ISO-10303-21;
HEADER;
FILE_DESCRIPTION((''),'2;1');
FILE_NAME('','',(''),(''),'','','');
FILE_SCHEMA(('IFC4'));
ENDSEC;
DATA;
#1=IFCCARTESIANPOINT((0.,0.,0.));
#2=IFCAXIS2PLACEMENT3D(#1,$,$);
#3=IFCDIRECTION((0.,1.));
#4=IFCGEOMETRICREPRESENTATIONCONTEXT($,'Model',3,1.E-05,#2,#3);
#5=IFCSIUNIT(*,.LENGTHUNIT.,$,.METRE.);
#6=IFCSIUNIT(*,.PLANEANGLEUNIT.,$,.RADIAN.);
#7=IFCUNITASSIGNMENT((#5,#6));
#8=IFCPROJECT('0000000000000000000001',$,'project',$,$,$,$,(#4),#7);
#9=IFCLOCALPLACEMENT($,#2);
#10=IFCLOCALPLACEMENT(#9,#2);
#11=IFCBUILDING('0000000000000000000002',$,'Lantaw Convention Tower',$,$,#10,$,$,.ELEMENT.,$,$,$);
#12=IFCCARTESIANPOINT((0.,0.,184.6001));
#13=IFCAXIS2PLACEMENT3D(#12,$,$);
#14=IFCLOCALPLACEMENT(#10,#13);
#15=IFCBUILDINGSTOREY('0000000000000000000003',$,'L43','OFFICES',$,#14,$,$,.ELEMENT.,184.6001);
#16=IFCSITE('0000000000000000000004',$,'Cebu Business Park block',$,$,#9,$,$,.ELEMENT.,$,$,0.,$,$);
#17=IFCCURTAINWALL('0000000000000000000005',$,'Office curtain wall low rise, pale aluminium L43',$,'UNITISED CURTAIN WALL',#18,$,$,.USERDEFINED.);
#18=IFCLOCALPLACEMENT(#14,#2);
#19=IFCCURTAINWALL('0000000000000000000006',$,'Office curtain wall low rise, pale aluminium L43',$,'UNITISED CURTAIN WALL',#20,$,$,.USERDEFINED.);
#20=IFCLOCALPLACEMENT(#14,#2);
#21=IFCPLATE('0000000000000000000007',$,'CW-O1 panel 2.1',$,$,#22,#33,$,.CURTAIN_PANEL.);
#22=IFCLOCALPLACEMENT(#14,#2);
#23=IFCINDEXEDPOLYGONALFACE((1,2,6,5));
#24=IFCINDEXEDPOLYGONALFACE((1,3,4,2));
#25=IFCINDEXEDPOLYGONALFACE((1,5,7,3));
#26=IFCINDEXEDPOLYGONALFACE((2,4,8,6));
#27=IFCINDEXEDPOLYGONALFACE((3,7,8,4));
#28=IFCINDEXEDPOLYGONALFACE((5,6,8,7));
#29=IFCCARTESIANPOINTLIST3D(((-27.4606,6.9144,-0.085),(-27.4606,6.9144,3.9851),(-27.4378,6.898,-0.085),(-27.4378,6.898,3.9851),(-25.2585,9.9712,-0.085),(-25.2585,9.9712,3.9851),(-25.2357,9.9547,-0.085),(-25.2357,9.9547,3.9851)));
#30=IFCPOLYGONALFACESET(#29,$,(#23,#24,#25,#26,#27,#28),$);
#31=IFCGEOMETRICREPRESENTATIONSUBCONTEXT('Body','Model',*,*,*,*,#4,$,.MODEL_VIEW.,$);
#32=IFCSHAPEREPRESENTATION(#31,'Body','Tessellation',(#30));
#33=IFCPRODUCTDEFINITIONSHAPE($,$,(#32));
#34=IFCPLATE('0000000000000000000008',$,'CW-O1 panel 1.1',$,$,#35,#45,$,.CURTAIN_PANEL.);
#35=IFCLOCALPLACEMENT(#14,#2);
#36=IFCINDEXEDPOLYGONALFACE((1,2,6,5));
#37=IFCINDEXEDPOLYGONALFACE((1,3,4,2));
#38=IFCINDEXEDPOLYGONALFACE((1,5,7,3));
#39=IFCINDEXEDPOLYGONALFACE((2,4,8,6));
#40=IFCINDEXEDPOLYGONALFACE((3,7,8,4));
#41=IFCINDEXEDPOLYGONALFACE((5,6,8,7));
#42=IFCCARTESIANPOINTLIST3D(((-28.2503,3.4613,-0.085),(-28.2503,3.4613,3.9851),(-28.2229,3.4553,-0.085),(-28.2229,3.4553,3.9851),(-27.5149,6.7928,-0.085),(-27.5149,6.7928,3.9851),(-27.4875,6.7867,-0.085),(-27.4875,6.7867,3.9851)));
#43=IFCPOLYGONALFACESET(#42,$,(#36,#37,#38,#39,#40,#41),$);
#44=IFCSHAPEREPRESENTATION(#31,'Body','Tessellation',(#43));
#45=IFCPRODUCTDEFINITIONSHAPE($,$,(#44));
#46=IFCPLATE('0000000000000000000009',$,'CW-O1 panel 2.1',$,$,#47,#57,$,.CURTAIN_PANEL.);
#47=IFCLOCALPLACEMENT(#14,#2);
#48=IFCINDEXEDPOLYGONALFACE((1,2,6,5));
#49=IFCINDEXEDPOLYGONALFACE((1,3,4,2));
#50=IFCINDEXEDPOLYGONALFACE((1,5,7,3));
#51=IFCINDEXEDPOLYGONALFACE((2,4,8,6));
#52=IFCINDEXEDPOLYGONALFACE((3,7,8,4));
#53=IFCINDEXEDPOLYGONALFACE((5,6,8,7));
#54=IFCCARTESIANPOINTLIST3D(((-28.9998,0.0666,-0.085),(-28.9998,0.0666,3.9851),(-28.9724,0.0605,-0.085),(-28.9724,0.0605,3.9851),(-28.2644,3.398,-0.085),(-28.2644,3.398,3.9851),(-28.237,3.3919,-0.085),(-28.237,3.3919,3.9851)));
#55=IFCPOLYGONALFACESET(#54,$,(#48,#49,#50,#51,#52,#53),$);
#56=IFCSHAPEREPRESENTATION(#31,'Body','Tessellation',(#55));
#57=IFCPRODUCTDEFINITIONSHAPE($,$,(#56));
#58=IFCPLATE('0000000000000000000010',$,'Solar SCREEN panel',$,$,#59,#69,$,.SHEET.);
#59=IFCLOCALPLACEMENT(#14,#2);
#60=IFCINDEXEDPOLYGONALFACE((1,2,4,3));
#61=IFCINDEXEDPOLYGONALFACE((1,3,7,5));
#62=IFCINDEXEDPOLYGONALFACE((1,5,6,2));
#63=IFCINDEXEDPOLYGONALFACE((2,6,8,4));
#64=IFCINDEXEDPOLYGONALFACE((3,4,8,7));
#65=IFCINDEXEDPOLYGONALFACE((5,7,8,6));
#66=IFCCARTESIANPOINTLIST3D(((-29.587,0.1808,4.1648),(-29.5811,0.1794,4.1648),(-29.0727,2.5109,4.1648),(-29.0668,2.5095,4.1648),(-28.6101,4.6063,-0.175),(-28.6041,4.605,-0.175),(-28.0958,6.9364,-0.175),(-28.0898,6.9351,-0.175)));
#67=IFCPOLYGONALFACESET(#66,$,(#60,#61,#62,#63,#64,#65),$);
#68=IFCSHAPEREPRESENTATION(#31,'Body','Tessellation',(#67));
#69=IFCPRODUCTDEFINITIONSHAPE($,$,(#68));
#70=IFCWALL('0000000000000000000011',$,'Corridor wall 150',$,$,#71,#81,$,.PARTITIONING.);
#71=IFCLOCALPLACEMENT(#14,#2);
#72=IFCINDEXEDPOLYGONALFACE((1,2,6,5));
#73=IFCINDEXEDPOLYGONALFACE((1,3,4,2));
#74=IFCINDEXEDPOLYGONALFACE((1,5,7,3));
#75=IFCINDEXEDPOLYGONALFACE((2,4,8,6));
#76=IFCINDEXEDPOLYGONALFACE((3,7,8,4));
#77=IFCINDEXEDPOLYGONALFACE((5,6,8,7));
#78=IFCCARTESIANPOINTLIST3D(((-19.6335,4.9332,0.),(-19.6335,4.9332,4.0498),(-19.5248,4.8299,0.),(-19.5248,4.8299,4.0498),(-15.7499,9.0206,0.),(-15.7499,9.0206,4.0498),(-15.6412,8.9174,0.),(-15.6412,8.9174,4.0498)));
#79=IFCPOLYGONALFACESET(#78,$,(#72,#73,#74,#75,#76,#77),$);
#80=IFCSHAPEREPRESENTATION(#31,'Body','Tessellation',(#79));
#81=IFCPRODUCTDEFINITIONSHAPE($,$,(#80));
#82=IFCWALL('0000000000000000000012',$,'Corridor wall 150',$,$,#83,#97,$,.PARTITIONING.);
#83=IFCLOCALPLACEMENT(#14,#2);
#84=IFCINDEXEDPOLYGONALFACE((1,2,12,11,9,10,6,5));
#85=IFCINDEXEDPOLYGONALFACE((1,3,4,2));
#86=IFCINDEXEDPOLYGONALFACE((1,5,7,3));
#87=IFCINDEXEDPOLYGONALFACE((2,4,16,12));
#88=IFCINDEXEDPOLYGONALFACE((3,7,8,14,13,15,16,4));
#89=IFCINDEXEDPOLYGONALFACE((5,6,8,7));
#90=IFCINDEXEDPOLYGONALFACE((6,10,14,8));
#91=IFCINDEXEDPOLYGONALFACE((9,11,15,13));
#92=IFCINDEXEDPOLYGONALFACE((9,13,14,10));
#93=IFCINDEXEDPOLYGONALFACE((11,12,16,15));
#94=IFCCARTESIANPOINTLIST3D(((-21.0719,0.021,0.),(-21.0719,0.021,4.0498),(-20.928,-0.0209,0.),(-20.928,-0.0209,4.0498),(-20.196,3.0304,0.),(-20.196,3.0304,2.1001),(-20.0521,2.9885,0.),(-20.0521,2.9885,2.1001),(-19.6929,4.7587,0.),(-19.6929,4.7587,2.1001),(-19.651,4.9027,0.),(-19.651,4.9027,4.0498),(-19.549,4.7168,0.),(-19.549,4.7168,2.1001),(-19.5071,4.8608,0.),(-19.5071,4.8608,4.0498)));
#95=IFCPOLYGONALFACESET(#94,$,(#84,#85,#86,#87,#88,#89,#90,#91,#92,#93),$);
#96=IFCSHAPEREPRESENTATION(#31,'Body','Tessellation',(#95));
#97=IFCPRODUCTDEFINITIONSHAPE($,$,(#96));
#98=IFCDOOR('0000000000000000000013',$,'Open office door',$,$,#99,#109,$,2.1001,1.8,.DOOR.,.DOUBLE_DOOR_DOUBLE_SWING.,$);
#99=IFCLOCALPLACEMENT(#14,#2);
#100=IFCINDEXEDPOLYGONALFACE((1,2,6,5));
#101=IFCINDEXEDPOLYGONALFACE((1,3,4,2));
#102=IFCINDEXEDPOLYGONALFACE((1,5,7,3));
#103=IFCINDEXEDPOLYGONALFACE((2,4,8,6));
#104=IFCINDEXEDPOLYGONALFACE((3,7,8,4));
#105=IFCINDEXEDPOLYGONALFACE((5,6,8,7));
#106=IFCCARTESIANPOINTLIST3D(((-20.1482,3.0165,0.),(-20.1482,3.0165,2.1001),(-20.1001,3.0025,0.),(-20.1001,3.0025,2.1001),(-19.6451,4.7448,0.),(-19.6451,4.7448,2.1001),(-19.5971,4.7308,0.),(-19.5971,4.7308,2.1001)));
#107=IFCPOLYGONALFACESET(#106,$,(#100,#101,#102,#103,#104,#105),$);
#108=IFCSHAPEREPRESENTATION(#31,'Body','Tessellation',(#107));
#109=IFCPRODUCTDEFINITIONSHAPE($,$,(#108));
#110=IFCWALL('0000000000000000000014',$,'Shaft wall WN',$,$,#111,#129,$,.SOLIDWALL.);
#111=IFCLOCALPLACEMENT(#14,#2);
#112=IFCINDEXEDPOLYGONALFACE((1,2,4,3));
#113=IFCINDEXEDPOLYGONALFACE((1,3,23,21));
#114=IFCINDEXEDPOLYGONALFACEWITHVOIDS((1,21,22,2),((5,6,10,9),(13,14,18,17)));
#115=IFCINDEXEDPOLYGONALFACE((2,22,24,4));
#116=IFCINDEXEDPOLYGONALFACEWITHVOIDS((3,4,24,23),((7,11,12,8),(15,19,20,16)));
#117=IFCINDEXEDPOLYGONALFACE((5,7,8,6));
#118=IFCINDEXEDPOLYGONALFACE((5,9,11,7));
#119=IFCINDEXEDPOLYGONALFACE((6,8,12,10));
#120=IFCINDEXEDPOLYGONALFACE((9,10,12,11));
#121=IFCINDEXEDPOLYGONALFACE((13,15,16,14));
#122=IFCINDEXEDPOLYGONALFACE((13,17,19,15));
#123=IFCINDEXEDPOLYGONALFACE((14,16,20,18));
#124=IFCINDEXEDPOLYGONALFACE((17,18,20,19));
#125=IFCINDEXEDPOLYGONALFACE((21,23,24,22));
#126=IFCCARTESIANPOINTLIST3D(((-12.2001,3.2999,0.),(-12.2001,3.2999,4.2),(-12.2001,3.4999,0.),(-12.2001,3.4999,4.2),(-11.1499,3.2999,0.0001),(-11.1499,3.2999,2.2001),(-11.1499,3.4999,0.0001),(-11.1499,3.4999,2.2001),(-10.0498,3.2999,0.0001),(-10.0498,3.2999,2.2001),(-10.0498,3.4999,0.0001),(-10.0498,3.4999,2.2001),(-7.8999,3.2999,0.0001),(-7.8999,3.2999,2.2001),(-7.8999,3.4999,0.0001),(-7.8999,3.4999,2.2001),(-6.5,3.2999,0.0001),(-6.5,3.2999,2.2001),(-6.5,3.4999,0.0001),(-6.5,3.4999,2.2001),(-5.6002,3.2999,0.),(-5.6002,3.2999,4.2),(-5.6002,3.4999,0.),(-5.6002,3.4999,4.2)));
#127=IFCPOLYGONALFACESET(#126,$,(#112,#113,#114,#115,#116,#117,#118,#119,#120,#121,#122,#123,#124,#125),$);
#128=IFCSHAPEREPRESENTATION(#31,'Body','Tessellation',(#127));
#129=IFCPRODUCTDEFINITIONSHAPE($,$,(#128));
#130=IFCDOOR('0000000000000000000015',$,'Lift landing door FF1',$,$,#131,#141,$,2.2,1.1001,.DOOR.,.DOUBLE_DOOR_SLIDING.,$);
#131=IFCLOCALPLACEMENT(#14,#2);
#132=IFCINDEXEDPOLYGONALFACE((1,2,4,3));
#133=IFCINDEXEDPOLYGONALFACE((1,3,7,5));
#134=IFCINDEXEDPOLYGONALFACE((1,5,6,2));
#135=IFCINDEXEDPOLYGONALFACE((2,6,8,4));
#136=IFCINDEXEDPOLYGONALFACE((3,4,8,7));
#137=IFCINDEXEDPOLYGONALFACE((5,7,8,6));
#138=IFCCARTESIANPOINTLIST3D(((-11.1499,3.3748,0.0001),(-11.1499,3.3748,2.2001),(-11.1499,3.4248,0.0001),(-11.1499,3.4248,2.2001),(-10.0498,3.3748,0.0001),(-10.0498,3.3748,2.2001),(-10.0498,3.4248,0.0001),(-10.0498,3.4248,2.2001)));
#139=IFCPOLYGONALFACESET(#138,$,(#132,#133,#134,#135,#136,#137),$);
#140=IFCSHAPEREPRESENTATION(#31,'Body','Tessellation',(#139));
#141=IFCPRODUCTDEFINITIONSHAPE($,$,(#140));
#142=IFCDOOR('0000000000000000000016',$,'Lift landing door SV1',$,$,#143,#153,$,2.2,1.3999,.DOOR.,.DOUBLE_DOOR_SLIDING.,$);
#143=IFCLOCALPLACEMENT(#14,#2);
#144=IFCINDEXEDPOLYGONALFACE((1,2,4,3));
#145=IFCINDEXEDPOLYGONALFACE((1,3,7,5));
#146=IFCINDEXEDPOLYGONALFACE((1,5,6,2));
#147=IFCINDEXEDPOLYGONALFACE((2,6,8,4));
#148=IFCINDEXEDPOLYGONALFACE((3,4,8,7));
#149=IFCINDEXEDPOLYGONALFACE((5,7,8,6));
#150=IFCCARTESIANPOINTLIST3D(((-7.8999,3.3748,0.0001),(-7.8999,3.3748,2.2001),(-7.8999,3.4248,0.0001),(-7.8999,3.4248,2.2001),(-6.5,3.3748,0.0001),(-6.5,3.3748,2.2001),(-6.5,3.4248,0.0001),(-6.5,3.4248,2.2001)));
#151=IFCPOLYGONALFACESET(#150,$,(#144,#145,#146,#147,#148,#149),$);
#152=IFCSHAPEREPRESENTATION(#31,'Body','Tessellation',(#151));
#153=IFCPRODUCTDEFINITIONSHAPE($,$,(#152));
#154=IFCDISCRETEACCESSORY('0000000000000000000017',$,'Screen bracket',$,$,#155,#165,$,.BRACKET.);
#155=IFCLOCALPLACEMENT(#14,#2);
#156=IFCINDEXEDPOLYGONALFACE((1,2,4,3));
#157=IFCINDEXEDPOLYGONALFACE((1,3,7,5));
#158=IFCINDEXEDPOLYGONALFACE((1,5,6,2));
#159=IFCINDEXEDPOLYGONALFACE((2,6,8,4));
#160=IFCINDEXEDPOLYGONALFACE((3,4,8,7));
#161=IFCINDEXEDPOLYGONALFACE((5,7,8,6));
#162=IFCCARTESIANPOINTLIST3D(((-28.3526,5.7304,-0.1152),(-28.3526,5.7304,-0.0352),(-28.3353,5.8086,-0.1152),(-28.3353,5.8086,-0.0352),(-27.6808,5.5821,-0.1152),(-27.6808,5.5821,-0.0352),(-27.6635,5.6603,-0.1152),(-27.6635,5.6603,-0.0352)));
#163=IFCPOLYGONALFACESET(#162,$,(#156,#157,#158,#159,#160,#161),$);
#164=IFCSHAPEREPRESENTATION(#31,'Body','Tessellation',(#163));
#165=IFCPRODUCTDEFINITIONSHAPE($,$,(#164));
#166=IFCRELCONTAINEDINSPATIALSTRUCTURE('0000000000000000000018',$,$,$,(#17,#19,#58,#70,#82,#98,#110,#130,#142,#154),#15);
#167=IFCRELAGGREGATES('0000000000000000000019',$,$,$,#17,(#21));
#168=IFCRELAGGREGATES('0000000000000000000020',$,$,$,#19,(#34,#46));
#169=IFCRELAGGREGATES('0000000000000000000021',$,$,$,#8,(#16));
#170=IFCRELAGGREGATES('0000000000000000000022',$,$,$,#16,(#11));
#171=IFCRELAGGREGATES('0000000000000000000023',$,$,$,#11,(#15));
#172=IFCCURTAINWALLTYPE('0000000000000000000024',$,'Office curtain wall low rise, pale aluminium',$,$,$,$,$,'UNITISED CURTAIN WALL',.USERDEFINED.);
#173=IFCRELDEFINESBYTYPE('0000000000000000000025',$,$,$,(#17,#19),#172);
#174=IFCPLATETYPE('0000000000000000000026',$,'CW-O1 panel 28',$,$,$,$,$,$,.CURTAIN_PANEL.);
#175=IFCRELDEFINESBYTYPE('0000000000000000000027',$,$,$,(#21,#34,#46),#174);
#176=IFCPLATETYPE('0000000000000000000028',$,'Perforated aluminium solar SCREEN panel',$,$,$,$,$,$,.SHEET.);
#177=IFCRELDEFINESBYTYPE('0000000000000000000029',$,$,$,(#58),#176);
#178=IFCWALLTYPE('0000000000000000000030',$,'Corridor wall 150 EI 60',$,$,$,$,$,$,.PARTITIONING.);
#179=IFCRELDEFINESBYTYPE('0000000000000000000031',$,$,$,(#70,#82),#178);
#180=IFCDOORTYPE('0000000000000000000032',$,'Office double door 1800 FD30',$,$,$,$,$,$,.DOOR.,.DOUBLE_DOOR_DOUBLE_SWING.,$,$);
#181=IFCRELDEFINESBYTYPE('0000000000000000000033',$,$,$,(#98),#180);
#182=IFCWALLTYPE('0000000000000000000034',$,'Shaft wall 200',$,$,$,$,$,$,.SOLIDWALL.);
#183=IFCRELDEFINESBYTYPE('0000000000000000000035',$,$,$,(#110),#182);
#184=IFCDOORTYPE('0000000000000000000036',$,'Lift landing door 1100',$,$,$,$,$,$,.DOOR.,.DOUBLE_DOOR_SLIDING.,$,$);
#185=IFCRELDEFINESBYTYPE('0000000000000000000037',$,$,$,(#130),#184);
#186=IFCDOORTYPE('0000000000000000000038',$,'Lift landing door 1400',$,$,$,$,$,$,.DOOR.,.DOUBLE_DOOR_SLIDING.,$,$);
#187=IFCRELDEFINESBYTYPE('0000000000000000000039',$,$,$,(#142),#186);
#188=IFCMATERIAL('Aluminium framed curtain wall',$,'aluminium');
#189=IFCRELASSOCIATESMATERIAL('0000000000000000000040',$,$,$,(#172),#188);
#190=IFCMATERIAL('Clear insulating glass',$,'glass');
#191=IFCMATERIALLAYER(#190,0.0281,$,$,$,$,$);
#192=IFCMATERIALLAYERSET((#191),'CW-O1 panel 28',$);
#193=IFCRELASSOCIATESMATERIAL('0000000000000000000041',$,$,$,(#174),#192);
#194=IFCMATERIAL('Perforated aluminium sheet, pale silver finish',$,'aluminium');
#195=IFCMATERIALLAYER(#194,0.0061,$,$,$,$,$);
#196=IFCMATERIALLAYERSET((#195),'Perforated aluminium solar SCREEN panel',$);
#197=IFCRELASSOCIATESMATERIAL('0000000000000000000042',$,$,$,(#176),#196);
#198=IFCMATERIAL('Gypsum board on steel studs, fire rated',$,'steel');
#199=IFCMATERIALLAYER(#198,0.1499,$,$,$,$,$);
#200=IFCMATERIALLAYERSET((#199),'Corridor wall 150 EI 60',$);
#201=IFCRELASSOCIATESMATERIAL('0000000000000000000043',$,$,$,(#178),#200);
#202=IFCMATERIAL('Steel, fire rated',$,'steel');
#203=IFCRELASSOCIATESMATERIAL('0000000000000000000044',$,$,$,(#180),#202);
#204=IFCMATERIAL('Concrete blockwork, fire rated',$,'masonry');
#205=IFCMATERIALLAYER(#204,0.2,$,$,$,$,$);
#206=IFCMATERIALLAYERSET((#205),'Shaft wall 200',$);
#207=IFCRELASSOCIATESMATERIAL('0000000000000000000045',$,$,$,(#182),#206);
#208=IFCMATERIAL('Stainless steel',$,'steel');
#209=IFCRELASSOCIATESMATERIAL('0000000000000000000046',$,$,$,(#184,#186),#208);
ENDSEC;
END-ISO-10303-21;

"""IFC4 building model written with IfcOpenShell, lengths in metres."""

from ifc_helpers import new_model, si_unit, direction, frame, frame_2d, origin, origin_2d, place, context, subcontext, project, spatial, polyline, rectangle, outline, extrude, material, layer, layer_set, type_object, element, fill, aggregate, save


model = new_model("IFC4")

# Units and contexts
model_context = context("Model", 3, precision=1e-05, world=origin(), true_north=direction((0.0, 1.0)))
body_context = subcontext(model_context, "Body", "Model", "MODEL_VIEW")
ifc_project = project(units=[si_unit("LENGTHUNIT", "METRE"), si_unit("PLANEANGLEUNIT", "RADIAN")], contexts=[model_context])

# Site, building, storey
site_placement = place(None, origin())
site = spatial("IfcSite", under=ifc_project, at=site_placement, Name="Cebu Business Park block", CompositionType="ELEMENT", RefElevation=0.0)
building_placement = place(site_placement, origin())
building = spatial("IfcBuilding", under=site, at=building_placement, Name="Lantaw Convention Tower", CompositionType="ELEMENT")
storey_placement = place(building_placement, frame((0.0, 0.0, 184.6001)))
storey = spatial("IfcBuildingStorey", under=building, at=storey_placement, Name="L43", Description="OFFICES", CompositionType="ELEMENT", Elevation=184.6001)

# Curtain wall
ifc_material_1 = material(Name="Aluminium framed curtain wall", Category="aluminium")
curtain_wall_type = type_object("IfcCurtainWallType", Name="Office curtain wall low rise, pale aluminium", ElementType="UNITISED CURTAIN WALL", PredefinedType="USERDEFINED", material=ifc_material_1)
curtain_wall_1_placement = place(storey_placement, origin())
curtain_wall_1 = element("IfcCurtainWall", 1, at=curtain_wall_1_placement, inside=storey, type_object=curtain_wall_type, Name="Office curtain wall low rise, pale aluminium L43", ObjectType="UNITISED CURTAIN WALL", PredefinedType="USERDEFINED")

# Curtain wall
curtain_wall_2_placement = place(storey_placement, origin())
curtain_wall_2 = element("IfcCurtainWall", 2, at=curtain_wall_2_placement, inside=storey, type_object=curtain_wall_type, Name="Office curtain wall low rise, pale aluminium L43", ObjectType="UNITISED CURTAIN WALL", PredefinedType="USERDEFINED")

# Plates
ifc_material_2 = material(Name="Clear insulating glass", Category="glass")
ifc_layer_1 = layer(ifc_material_2, 0.0281)
ifc_layer_set_1 = layer_set([ifc_layer_1], Name="CW-O1 panel 28")
plate_type_1 = type_object("IfcPlateType", Name="CW-O1 panel 28", PredefinedType="CURTAIN_PANEL", material=ifc_layer_set_1)
plate_1_placement = place(storey_placement, frame((-26.3481, 8.4346, -0.085), z_axis=(0.0, 0.0, 1.0), x_axis=(-0.584513, -0.811385, 0.0)))
plate_1 = element("IfcPlate", 3, at=plate_1_placement, type_object=plate_type_1, Name="CW-O1 panel 2.1", PredefinedType="CURTAIN_PANEL", context=body_context, shape_type="SweptSolid", body=[
    extrude(rectangle(XDim=3.7673, YDim=0.0281, at=origin_2d()), origin(), (0.0, 0.0, 1.0), 4.0701),
])
aggregate(curtain_wall_1, [plate_1])
plate_2_placement = place(storey_placement, frame((-27.8689, 5.124, -0.085), z_axis=(0.0, 0.0, 1.0), x_axis=(-0.215546, -0.976494, 0.0)))
plate_2 = element("IfcPlate", 4, at=plate_2_placement, type_object=plate_type_1, Name="CW-O1 panel 1.1", PredefinedType="CURTAIN_PANEL", context=body_context, shape_type="SweptSolid", body=[
    extrude(rectangle(XDim=3.4116, YDim=0.0281, at=origin_2d()), origin(), (0.0, 0.0, 1.0), 4.0701),
])
plate_3_placement = place(storey_placement, frame((-28.6184, 1.7292, -0.085), z_axis=(0.0, 0.0, 1.0), x_axis=(-0.215546, -0.976494, 0.0)))
plate_3 = element("IfcPlate", 5, at=plate_3_placement, type_object=plate_type_1, Name="CW-O1 panel 2.1", PredefinedType="CURTAIN_PANEL", context=body_context, shape_type="SweptSolid", body=[
    extrude(rectangle(XDim=3.4116, YDim=0.0281, at=origin_2d()), origin(), (0.0, 0.0, 1.0), 4.0701),
])
aggregate(curtain_wall_2, [plate_2, plate_3])
ifc_material_3 = material(Name="Perforated aluminium sheet, pale silver finish", Category="aluminium")
ifc_layer_2 = layer(ifc_material_3, 0.0061)
ifc_layer_set_2 = layer_set([ifc_layer_2], Name="Perforated aluminium solar SCREEN panel")
plate_type_2 = type_object("IfcPlateType", Name="Perforated aluminium solar SCREEN panel", PredefinedType="SHEET", material=ifc_layer_set_2)
plate_4_placement = place(storey_placement, frame((-28.0898, 6.9351, -0.175), z_axis=(0.976498, -0.215527, 0.000033), x_axis=(-0.215527, -0.976498, 0.0)))
element("IfcPlate", 6, at=plate_4_placement, inside=storey, type_object=plate_type_2, Name="Solar SCREEN panel", PredefinedType="SHEET", context=body_context, shape_type="SweptSolid", body=[
    extrude(outline(polyline([(0.0, 0.0), (2.3861, 0.0), (6.9182, -4.3398), (4.5321, -4.3398), (0.0, 0.0)])), origin(), (0.0, 0.0, -1.0), 0.0061),
])

# Wall
ifc_material_4 = material(Name="Gypsum board on steel studs, fire rated", Category="steel")
ifc_layer_3 = layer(ifc_material_4, 0.1499)
ifc_layer_set_3 = layer_set([ifc_layer_3], Name="Corridor wall 150 EI 60")
wall_type_1 = type_object("IfcWallType", Name="Corridor wall 150 EI 60", PredefinedType="PARTITIONING", material=ifc_layer_set_3)
wall_1_placement = place(storey_placement, frame((-15.6956, 8.969, 0.0), z_axis=(0.0, 0.0, 1.0), x_axis=(-0.688797, -0.724954, 0.0)))
element("IfcWall", 7, at=wall_1_placement, inside=storey, type_object=wall_type_1, Name="Corridor wall 150", PredefinedType="PARTITIONING", context=body_context, shape_type="SweptSolid", body=[
    extrude(rectangle(XDim=5.6382, YDim=0.1499, at=frame_2d((2.8191, 0.0))), origin(), (0.0, 0.0, 1.0), 4.0498),
])

# Wall, opening, door
wall_2_placement = place(storey_placement, frame((-19.5791, 4.8816, 0.0), z_axis=(0.0, 0.0, 1.0), x_axis=(-0.279474, -0.960153, 0.0)))
wall_2 = element("IfcWall", 8, at=wall_2_placement, inside=storey, type_object=wall_type_1, Name="Corridor wall 150", PredefinedType="PARTITIONING", context=body_context, shape_type="SweptSolid", body=[
    extrude(rectangle(XDim=5.0842, YDim=0.1499, at=frame_2d((2.542, 0.0))), origin(), (0.0, 0.0, 1.0), 4.0498),
])
opening_1_placement = place(wall_2_placement, frame((0.1499, 0.0, 0.0)))
opening_1 = element("IfcOpeningElement", 9, at=opening_1_placement, cuts=wall_2, PredefinedType="OPENING", context=body_context, shape_type="SweptSolid", body=[
    extrude(rectangle(XDim=1.8, YDim=2.1001, at=frame_2d((0.8999, 1.05))), frame((0.0, 0.085, 0.0), z_axis=(0.0, -1.0, 0.0), x_axis=(1.0, 0.0, 0.0)), (0.0, 0.0, 1.0), 0.1699),
])
ifc_material_5 = material(Name="Steel, fire rated", Category="steel")
door_type_1 = type_object("IfcDoorType", Name="Office double door 1800 FD30", OperationType="DOUBLE_DOOR_DOUBLE_SWING", PredefinedType="DOOR", material=ifc_material_5)
door_1_placement = place(opening_1_placement, origin())
door_1 = element("IfcDoor", 10, at=door_1_placement, inside=storey, type_object=door_type_1, Name="Open office door", OperationType="DOUBLE_DOOR_DOUBLE_SWING", OverallHeight=2.1001, OverallWidth=1.8, PredefinedType="DOOR", context=body_context, shape_type="SweptSolid", body=[
    extrude(rectangle(XDim=1.8, YDim=2.1001, at=frame_2d((0.8999, 1.05))), frame((0.0, 0.0249, 0.0), z_axis=(0.0, -1.0, 0.0), x_axis=(1.0, 0.0, 0.0)), (0.0, 0.0, 1.0), 0.05),
])
fill(opening_1, door_1)

# Wall, openings, doors
ifc_material_6 = material(Name="Concrete blockwork, fire rated", Category="masonry")
ifc_layer_4 = layer(ifc_material_6, 0.2)
ifc_layer_set_4 = layer_set([ifc_layer_4], Name="Shaft wall 200")
wall_type_2 = type_object("IfcWallType", Name="Shaft wall 200", PredefinedType="SOLIDWALL", material=ifc_layer_set_4)
wall_3_placement = place(storey_placement, frame((-12.2, 3.3999, 0.0), z_axis=(0.0, 0.0, 1.0), x_axis=(1.0, 0.0, 0.0)))
wall_3 = element("IfcWall", 11, at=wall_3_placement, inside=storey, type_object=wall_type_2, Name="Shaft wall WN", PredefinedType="SOLIDWALL", context=body_context, shape_type="SweptSolid", body=[
    extrude(rectangle(XDim=6.5999, YDim=0.2, at=frame_2d((3.2998, 0.0))), origin(), (0.0, 0.0, 1.0), 4.2),
])
opening_2_placement = place(wall_3_placement, frame((1.05, 0.0, 0.0)))
opening_2 = element("IfcOpeningElement", 12, at=opening_2_placement, cuts=wall_3, PredefinedType="OPENING", context=body_context, shape_type="SweptSolid", body=[
    extrude(rectangle(XDim=1.1001, YDim=2.2, at=frame_2d((0.55, 1.1001))), frame((0.0, 0.1099, 0.0), z_axis=(0.0, -1.0, 0.0), x_axis=(1.0, 0.0, 0.0)), (0.0, 0.0, 1.0), 0.22),
])
opening_3_placement = place(wall_3_placement, frame((4.3, 0.0, 0.0)))
opening_3 = element("IfcOpeningElement", 13, at=opening_3_placement, cuts=wall_3, PredefinedType="OPENING", context=body_context, shape_type="SweptSolid", body=[
    extrude(rectangle(XDim=1.3999, YDim=2.2, at=frame_2d((0.7, 1.1001))), frame((0.0, 0.1099, 0.0), z_axis=(0.0, -1.0, 0.0), x_axis=(1.0, 0.0, 0.0)), (0.0, 0.0, 1.0), 0.22),
])
ifc_material_7 = material(Name="Stainless steel", Category="steel")
door_type_2 = type_object("IfcDoorType", Name="Lift landing door 1100", OperationType="DOUBLE_DOOR_SLIDING", PredefinedType="DOOR", material=ifc_material_7)
door_2_placement = place(opening_2_placement, origin())
door_2 = element("IfcDoor", 14, at=door_2_placement, inside=storey, type_object=door_type_2, Name="Lift landing door FF1", OperationType="DOUBLE_DOOR_SLIDING", OverallHeight=2.2, OverallWidth=1.1001, PredefinedType="DOOR", context=body_context, shape_type="SweptSolid", body=[
    extrude(rectangle(XDim=1.1001, YDim=2.2, at=frame_2d((0.55, 1.1001))), frame((0.0, 0.0249, 0.0), z_axis=(0.0, -1.0, 0.0), x_axis=(1.0, 0.0, 0.0)), (0.0, 0.0, 1.0), 0.05),
])
fill(opening_2, door_2)
door_type_3 = type_object("IfcDoorType", Name="Lift landing door 1400", OperationType="DOUBLE_DOOR_SLIDING", PredefinedType="DOOR", material=ifc_material_7)
door_3_placement = place(opening_3_placement, origin())
door_3 = element("IfcDoor", 15, at=door_3_placement, inside=storey, type_object=door_type_3, Name="Lift landing door SV1", OperationType="DOUBLE_DOOR_SLIDING", OverallHeight=2.2, OverallWidth=1.3999, PredefinedType="DOOR", context=body_context, shape_type="SweptSolid", body=[
    extrude(rectangle(XDim=1.3999, YDim=2.2, at=frame_2d((0.7, 1.1001))), frame((0.0, 0.0249, 0.0), z_axis=(0.0, -1.0, 0.0), x_axis=(1.0, 0.0, 0.0)), (0.0, 0.0, 1.0), 0.05),
])
fill(opening_3, door_3)

# Discrete accessory
discrete_accessory_placement = place(storey_placement, frame((-28.0081, 5.6953, -0.1152), z_axis=(0.0, 0.0, 1.0), x_axis=(-0.215546, -0.976494, 0.0)))
element("IfcDiscreteAccessory", 16, at=discrete_accessory_placement, inside=storey, Name="Screen bracket", PredefinedType="BRACKET", context=body_context, shape_type="SweptSolid", body=[
    extrude(rectangle(XDim=0.0801, YDim=0.688, at=origin_2d()), origin(), (0.0, 0.0, 1.0), 0.0801),
])

save(model, "model.ifc")
